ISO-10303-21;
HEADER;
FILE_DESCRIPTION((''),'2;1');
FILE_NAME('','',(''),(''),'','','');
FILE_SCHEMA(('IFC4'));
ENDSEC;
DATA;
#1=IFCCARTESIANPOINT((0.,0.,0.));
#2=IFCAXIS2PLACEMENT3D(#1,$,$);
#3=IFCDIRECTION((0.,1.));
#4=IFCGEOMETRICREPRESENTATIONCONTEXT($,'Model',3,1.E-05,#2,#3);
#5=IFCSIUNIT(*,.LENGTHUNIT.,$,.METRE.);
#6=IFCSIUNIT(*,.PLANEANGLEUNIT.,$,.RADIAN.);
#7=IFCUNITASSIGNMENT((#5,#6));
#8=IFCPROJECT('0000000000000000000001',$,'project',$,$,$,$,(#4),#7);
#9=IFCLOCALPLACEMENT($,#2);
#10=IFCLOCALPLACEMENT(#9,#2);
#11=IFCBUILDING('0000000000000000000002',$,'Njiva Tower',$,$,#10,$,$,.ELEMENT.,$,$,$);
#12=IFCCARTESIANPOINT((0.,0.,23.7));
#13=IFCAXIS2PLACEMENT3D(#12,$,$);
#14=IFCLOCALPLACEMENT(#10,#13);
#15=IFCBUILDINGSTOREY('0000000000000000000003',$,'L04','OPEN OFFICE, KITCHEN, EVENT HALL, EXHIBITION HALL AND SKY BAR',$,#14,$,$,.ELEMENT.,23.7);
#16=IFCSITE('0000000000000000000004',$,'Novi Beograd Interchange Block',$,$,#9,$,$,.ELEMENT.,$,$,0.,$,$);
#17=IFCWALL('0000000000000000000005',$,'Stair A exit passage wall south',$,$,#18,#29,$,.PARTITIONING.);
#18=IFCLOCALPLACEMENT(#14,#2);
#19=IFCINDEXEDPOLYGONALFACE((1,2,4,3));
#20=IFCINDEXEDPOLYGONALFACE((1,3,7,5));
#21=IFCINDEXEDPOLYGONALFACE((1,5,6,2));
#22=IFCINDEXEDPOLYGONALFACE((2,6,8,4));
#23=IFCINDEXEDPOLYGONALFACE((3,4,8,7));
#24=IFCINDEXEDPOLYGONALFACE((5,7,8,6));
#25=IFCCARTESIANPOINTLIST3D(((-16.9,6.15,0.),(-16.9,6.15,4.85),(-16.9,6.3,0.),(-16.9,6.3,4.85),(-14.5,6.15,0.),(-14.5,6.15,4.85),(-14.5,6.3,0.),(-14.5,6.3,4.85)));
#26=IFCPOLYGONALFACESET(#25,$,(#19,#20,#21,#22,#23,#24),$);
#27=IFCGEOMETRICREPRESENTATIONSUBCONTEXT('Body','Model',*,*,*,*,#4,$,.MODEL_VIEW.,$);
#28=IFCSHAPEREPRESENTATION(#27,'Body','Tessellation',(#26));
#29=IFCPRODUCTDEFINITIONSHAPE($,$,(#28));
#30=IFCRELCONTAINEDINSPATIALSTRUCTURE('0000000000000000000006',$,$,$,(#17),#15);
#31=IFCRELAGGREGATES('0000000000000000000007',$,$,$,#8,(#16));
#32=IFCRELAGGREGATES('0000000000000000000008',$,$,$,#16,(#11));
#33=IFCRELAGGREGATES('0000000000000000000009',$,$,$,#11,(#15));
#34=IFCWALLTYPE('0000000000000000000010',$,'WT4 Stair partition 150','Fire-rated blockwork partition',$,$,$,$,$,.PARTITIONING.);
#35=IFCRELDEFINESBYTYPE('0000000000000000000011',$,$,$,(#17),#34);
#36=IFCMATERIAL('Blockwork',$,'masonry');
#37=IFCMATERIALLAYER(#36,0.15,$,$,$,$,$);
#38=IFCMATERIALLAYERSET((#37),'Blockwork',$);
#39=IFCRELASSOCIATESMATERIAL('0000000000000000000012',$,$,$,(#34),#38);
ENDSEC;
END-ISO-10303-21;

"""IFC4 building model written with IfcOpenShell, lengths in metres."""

from ifc_helpers import new_model, si_unit, direction, frame, frame_2d, origin, place, context, subcontext, project, spatial, rectangle, extrude, material, layer, layer_set, type_object, element, save


model = new_model("IFC4")

# Units and contexts
model_context = context("Model", 3, precision=1e-05, world=origin(), true_north=direction((0.0, 1.0)))
body_context = subcontext(model_context, "Body", "Model", "MODEL_VIEW")
ifc_project = project(units=[si_unit("LENGTHUNIT", "METRE"), si_unit("PLANEANGLEUNIT", "RADIAN")], contexts=[model_context])

# Site, building, storey
site_placement = place(None, origin())
site = spatial("IfcSite", under=ifc_project, at=site_placement, Name="Novi Beograd Interchange Block", CompositionType="ELEMENT", RefElevation=0.0)
building_placement = place(site_placement, origin())
building = spatial("IfcBuilding", under=site, at=building_placement, Name="Njiva Tower", CompositionType="ELEMENT")
storey_placement = place(building_placement, frame((0.0, 0.0, 23.7)))
storey = spatial("IfcBuildingStorey", under=building, at=storey_placement, Name="L04", Description="OPEN OFFICE, KITCHEN, EVENT HALL, EXHIBITION HALL AND SKY BAR", CompositionType="ELEMENT", Elevation=23.7)

# Shared definitions
ifc_material_1 = material(Name="Blockwork", Category="masonry")

# Wall
ifc_layer_1 = layer(ifc_material_1, 0.15)
ifc_layer_set_1 = layer_set([ifc_layer_1], Name="Blockwork")
wall_type_1 = type_object("IfcWallType", Name="WT4 Stair partition 150", Description="Fire-rated blockwork partition", PredefinedType="PARTITIONING", material=ifc_layer_set_1)
wall_1_placement = place(storey_placement, frame((-16.9, 6.225, 0.0), z_axis=(0.0, 0.0, 1.0), x_axis=(1.0, 0.0, 0.0)))
element("IfcWall", 1, at=wall_1_placement, inside=storey, type_object=wall_type_1, Name="Stair A exit passage wall south", PredefinedType="PARTITIONING", context=body_context, shape_type="SweptSolid", body=[
    extrude(rectangle(XDim=2.4, YDim=0.15, at=frame_2d((1.2, 0.0))), origin(), (0.0, 0.0, 1.0), 4.85),
])

save(model, "model.ifc")
